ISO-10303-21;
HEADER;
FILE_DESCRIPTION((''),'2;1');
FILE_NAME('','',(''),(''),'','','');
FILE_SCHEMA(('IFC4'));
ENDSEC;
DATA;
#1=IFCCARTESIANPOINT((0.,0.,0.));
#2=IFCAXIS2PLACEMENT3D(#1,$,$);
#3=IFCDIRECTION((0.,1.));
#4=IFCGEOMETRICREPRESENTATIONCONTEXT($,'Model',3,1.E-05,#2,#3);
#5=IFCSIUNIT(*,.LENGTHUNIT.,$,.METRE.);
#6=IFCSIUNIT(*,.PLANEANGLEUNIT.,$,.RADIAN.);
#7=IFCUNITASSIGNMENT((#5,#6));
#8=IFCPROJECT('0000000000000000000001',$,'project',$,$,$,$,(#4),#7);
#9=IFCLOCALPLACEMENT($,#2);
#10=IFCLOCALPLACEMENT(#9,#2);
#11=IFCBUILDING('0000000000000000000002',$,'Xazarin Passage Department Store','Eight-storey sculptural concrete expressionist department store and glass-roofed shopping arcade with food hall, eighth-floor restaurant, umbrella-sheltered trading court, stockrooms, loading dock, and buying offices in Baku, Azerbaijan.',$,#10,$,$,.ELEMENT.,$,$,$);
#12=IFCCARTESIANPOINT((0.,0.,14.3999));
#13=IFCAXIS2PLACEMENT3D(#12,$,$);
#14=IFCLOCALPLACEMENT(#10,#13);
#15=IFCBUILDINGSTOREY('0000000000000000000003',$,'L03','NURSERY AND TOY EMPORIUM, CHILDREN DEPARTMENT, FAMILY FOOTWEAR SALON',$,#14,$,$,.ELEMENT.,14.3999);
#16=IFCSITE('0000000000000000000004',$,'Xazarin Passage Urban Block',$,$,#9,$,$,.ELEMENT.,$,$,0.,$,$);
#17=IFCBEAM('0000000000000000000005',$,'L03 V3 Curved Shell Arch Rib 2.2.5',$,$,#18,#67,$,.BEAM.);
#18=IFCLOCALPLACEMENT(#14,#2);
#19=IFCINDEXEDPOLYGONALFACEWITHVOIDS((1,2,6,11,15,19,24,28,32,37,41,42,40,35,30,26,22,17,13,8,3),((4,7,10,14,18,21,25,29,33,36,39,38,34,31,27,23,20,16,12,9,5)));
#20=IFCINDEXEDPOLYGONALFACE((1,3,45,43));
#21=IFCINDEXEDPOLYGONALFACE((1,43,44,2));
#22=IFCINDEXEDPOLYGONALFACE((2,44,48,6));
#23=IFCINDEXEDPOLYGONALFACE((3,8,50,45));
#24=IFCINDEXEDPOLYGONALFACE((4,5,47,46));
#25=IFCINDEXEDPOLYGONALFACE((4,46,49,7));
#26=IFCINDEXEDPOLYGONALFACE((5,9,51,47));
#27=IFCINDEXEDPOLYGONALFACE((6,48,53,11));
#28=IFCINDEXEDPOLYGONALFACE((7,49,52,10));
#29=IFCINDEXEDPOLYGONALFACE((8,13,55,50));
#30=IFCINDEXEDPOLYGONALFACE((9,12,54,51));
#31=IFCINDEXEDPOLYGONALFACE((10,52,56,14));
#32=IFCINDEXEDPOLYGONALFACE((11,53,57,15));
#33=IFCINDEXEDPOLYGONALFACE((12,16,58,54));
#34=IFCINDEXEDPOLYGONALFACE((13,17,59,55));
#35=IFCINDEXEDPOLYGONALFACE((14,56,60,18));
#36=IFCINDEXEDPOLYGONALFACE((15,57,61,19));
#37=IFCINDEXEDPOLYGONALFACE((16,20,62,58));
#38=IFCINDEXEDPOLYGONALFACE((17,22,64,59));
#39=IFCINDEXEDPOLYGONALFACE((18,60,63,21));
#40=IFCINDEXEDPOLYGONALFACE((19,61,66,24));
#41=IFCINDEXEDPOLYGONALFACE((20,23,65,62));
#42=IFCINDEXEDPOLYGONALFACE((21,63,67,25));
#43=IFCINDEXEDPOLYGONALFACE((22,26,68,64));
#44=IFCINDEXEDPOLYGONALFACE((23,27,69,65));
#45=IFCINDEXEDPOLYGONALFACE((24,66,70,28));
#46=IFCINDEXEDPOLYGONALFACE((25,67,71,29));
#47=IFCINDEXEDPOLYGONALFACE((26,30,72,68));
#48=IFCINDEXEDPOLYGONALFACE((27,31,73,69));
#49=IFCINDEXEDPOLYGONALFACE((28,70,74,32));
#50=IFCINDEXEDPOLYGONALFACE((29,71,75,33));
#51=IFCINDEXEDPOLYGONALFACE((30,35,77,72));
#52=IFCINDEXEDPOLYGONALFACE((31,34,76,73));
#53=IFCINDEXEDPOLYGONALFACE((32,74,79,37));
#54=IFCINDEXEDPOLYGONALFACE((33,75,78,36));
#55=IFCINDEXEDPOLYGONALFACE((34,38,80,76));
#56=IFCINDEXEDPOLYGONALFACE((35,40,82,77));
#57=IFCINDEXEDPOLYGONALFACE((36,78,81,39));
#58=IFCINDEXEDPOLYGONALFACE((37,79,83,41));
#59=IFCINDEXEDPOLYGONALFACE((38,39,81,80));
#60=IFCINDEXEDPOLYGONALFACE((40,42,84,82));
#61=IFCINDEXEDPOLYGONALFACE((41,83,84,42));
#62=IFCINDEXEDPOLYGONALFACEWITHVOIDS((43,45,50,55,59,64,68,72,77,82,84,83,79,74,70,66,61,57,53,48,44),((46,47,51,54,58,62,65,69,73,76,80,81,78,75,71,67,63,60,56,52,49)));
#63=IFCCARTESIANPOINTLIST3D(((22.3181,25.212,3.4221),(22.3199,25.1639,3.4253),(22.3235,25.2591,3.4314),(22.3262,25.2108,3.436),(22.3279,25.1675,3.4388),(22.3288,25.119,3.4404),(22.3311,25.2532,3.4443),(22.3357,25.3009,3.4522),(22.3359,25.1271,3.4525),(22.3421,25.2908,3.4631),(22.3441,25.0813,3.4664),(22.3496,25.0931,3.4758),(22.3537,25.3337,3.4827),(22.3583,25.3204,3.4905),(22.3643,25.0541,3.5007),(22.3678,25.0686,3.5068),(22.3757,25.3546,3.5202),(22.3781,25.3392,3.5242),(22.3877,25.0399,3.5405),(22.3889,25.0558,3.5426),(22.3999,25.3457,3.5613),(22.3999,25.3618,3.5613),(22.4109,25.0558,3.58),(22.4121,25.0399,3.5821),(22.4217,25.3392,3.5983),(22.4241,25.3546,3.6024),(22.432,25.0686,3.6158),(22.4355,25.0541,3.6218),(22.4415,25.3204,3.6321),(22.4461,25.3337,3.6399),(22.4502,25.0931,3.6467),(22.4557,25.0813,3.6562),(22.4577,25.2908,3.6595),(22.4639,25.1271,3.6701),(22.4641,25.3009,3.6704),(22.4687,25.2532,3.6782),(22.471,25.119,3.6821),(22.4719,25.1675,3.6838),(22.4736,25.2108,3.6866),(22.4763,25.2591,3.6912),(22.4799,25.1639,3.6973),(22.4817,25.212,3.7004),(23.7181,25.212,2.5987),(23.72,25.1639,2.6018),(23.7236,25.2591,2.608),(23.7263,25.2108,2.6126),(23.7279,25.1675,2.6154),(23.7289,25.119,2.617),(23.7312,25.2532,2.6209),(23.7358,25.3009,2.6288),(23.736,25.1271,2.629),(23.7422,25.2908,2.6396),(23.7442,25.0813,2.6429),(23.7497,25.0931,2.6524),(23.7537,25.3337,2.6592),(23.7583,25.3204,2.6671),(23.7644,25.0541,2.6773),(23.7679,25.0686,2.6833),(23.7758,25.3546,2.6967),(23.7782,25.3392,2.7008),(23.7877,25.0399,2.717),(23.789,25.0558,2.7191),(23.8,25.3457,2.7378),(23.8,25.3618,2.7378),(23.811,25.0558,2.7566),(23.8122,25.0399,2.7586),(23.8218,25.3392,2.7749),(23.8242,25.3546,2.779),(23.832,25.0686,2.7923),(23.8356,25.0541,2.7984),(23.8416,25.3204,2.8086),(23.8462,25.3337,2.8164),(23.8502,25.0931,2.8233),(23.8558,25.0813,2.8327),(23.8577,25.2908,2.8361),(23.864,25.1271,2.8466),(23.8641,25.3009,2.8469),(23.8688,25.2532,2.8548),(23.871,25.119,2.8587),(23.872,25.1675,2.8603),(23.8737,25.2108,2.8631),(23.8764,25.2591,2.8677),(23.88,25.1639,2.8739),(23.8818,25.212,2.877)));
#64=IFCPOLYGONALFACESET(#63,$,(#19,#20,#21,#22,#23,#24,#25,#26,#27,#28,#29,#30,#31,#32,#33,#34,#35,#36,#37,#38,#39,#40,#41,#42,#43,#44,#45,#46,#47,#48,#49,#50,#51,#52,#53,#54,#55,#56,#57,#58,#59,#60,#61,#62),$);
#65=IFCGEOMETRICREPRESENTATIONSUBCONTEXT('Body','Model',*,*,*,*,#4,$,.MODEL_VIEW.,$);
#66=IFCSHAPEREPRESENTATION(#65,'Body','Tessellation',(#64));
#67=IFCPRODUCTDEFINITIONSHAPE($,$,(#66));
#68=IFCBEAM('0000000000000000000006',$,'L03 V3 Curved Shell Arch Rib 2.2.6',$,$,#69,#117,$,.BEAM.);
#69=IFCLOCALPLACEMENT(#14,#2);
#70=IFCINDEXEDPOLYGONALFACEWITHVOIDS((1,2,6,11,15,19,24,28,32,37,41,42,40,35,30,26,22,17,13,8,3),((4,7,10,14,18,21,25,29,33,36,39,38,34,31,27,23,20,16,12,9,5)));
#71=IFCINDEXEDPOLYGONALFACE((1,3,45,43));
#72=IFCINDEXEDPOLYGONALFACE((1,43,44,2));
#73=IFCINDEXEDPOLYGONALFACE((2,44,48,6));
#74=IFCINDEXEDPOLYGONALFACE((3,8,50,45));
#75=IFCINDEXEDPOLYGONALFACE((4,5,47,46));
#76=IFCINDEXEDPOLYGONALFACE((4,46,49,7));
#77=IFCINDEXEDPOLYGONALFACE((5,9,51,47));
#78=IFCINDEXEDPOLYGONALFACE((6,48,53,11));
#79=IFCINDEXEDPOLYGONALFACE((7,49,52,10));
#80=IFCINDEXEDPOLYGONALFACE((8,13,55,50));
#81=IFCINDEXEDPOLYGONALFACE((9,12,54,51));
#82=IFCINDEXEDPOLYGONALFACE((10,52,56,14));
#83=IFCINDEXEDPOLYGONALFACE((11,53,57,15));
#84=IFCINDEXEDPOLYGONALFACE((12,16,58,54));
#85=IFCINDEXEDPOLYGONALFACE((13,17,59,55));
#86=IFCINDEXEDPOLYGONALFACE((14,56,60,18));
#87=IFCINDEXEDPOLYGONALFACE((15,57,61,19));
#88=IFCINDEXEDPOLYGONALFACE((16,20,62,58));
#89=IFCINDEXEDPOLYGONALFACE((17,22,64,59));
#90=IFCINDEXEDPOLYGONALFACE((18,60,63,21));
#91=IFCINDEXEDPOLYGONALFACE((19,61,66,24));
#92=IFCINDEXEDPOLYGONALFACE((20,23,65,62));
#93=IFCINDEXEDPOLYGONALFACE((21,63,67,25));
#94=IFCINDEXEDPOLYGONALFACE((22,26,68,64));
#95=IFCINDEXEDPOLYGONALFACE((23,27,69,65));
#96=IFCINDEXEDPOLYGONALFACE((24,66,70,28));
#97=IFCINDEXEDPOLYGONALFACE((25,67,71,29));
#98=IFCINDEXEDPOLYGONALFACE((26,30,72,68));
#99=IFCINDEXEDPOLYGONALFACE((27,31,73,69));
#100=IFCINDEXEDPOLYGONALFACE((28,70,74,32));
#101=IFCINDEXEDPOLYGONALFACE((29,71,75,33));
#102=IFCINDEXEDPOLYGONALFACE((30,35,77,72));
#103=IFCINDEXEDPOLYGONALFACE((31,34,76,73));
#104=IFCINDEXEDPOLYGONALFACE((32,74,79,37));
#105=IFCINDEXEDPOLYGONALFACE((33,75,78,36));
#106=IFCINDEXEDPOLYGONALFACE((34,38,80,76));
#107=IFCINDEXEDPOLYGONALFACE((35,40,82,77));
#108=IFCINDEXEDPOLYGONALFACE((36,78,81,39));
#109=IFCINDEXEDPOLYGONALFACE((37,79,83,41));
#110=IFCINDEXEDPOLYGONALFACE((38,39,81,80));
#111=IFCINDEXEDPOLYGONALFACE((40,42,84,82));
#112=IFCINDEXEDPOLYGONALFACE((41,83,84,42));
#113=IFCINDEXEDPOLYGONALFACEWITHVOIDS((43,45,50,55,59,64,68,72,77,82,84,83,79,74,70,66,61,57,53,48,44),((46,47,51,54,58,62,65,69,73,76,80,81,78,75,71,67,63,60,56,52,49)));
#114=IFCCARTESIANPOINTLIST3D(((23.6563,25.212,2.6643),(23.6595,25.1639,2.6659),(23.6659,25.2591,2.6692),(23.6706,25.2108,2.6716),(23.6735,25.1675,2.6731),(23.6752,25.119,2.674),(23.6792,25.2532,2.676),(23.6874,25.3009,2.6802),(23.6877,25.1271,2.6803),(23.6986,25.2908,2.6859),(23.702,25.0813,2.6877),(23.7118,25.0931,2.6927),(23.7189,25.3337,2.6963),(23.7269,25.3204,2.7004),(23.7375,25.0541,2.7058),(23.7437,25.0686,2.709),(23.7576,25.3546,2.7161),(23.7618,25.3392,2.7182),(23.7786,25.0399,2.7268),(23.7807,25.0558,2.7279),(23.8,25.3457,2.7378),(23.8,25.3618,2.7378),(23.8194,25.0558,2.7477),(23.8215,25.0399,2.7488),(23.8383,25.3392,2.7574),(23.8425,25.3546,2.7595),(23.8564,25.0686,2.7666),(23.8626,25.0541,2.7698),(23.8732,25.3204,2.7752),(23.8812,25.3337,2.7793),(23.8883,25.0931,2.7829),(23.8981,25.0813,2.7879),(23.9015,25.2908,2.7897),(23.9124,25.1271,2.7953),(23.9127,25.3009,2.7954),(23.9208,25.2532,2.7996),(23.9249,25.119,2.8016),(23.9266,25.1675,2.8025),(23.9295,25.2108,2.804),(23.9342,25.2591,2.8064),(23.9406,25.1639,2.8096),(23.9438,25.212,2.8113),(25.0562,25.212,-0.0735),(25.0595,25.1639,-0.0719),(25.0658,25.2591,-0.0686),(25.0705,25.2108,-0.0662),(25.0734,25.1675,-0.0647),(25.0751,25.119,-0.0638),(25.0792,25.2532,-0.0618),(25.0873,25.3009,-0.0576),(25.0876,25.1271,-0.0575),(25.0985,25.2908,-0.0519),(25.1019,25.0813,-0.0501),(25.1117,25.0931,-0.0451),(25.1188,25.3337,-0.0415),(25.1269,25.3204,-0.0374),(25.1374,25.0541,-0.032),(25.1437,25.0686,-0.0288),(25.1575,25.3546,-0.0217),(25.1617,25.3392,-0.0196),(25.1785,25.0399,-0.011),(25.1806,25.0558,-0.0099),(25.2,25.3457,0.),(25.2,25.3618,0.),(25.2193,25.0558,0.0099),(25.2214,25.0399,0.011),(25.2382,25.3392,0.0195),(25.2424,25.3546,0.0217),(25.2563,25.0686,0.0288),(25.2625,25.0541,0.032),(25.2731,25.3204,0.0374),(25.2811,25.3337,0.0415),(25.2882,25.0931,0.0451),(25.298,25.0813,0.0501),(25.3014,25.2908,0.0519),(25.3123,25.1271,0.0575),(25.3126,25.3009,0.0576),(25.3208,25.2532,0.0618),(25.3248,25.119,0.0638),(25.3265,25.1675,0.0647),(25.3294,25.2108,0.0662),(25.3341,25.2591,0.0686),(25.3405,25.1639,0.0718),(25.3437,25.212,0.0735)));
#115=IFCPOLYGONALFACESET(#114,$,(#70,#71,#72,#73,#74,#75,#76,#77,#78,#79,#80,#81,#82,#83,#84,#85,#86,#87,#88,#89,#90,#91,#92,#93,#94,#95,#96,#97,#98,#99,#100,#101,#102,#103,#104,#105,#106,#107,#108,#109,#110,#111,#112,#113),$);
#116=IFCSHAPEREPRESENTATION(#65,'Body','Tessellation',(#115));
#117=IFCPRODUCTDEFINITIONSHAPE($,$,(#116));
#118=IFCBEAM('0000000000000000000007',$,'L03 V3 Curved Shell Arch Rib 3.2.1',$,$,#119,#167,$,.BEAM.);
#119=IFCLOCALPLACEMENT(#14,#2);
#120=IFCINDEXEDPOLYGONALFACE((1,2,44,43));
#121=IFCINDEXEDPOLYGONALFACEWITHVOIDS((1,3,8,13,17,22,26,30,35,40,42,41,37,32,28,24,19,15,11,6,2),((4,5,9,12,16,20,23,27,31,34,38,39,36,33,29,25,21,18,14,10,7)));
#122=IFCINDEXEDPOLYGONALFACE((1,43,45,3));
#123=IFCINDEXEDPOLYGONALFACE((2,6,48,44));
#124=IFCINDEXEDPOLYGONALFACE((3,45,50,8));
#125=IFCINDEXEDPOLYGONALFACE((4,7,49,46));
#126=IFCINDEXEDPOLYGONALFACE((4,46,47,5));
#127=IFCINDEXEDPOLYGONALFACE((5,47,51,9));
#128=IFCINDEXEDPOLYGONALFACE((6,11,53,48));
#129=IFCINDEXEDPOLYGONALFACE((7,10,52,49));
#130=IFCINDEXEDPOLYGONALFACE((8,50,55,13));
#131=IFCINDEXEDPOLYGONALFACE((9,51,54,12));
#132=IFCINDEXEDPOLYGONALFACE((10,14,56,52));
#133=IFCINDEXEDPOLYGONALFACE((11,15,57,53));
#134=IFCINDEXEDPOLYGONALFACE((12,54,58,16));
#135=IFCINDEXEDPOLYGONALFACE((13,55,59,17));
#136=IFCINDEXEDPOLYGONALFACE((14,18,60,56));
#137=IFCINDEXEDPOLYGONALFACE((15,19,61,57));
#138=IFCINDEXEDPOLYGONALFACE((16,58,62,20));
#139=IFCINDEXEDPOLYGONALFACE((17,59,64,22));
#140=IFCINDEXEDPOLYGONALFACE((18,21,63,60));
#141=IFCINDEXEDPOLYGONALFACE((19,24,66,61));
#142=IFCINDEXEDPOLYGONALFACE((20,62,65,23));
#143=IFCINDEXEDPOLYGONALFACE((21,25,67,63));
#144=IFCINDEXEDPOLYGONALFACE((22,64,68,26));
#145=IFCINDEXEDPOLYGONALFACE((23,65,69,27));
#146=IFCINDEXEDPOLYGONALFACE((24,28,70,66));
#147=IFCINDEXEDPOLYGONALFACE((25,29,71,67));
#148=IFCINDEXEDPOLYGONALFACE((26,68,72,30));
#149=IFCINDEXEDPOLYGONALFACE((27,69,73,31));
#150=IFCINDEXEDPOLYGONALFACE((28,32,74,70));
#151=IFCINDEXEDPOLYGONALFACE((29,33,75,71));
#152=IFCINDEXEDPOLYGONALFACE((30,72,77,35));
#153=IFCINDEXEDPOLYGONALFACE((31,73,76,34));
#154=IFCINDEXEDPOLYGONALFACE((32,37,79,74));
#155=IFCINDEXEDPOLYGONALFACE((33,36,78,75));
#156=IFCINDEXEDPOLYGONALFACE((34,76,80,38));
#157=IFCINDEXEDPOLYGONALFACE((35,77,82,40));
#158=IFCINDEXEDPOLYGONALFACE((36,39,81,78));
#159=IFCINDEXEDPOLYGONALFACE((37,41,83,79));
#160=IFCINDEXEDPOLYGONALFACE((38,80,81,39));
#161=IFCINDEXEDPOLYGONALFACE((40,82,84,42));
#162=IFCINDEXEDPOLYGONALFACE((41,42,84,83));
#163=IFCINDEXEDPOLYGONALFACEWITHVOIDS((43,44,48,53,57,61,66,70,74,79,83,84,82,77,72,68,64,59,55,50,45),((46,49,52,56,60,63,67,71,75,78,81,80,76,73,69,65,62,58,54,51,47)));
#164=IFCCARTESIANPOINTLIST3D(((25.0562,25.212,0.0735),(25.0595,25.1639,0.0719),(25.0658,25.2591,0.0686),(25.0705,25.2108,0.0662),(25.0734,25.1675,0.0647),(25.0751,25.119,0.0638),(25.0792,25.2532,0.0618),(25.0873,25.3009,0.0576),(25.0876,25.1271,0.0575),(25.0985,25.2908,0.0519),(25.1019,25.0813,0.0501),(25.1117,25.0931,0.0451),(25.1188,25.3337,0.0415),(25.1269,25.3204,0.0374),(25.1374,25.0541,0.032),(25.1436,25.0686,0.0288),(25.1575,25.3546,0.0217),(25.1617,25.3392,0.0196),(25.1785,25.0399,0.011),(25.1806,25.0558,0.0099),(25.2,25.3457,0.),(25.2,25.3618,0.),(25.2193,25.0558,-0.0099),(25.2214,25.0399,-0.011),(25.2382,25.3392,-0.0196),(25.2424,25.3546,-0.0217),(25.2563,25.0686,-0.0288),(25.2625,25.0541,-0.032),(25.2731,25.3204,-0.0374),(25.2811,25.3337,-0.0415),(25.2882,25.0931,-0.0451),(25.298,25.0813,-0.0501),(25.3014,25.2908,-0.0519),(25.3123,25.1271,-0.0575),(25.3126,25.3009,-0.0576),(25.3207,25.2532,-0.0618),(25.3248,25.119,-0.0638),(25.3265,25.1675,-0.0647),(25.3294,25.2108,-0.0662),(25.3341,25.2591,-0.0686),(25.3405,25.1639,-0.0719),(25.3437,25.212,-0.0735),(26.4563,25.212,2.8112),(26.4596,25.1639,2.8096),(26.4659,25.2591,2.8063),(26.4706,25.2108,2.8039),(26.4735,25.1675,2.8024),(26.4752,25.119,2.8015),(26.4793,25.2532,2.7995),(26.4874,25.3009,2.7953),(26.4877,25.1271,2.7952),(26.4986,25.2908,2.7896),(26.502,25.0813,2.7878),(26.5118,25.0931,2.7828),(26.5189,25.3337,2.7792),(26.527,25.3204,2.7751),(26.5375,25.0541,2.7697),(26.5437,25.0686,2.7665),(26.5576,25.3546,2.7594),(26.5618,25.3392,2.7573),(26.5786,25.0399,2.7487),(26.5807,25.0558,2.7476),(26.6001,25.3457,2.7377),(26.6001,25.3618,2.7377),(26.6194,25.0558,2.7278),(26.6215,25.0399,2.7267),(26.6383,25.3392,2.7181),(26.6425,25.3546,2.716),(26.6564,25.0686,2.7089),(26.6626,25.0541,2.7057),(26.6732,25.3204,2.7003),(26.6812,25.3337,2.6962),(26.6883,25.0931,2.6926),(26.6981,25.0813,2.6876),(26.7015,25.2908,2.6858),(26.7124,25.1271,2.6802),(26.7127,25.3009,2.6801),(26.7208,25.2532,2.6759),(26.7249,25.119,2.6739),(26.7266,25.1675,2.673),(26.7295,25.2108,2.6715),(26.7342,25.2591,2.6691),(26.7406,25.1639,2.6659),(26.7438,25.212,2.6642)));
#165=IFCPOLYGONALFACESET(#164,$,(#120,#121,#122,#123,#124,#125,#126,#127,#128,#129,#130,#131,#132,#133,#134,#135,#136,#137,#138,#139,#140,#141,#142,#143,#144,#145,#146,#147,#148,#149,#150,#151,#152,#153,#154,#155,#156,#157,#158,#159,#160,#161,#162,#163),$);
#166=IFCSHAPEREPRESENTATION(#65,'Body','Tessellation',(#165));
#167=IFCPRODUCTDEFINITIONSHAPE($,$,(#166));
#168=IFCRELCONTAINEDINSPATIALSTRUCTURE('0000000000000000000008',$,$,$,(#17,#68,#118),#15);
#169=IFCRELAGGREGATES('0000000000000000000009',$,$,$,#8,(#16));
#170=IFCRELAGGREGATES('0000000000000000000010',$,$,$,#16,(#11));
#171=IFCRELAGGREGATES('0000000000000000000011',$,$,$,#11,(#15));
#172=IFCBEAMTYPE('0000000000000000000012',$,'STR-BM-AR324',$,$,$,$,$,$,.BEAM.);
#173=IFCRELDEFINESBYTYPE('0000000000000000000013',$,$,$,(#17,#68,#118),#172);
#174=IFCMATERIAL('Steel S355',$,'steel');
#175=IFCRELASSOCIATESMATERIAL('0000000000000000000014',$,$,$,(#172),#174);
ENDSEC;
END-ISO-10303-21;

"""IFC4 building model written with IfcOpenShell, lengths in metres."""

from ifc_helpers import new_model, si_unit, direction, frame, origin, origin_2d, place, context, subcontext, project, spatial, hollow_circle, extrude, material, material_profile, profile_set, type_object, element, save


model = new_model("IFC4")

# Units and contexts
model_context = context("Model", 3, precision=1e-05, world=origin(), true_north=direction((0.0, 1.0)))
body_context = subcontext(model_context, "Body", "Model", "MODEL_VIEW")
ifc_project = project(units=[si_unit("LENGTHUNIT", "METRE"), si_unit("PLANEANGLEUNIT", "RADIAN")], contexts=[model_context])

# Site, building, storey
site_placement = place(None, origin())
site = spatial("IfcSite", under=ifc_project, at=site_placement, Name="Xazarin Passage Urban Block", CompositionType="ELEMENT", RefElevation=0.0)
building_placement = place(site_placement, origin())
building = spatial("IfcBuilding", under=site, at=building_placement, Name="Xazarin Passage Department Store", Description="Eight-storey sculptural concrete expressionist department store and glass-roofed shopping arcade with food hall, eighth-floor restaurant, umbrella-sheltered trading court, stockrooms, loading dock, and buying offices in Baku, Azerbaijan.", CompositionType="ELEMENT")
storey_placement = place(building_placement, frame((0.0, 0.0, 14.3999)))
storey = spatial("IfcBuildingStorey", under=building, at=storey_placement, Name="L03", Description="NURSERY AND TOY EMPORIUM, CHILDREN DEPARTMENT, FAMILY FOOTWEAR SALON", CompositionType="ELEMENT", Elevation=14.3999)

# Beams
ifc_material_1 = material(Name="Steel S355", Category="steel")
ifc_material_profile_1 = material_profile(ifc_material_1, hollow_circle(Radius=0.1619, WallThickness=0.0161, at=origin_2d()), Name="CHS 323.9x16")
ifc_profile_set_1 = profile_set([ifc_material_profile_1], Name="Steel S355")
beam_type_1 = type_object("IfcBeamType", Name="STR-BM-AR324", PredefinedType="BEAM", material=ifc_profile_set_1)
beam_1_placement = place(storey_placement, frame((22.3999, 25.2, 3.5613), z_axis=(0.861969, 0.0, -0.506961), x_axis=(0.0, 1.0, 0.0)))
element("IfcBeam", 1, at=beam_1_placement, inside=storey, type_object=beam_type_1, Name="L03 V3 Curved Shell Arch Rib 2.2.5", PredefinedType="BEAM", context=body_context, shape_type="SweptSolid", body=[
    extrude(hollow_circle(Radius=0.1619, WallThickness=0.0161, at=origin_2d()), origin(), (0.0, 0.0, 1.0), 1.6243),
])
for number, where, z_axis, x_axis, name in (
    (2, (23.8, 25.2, 2.7378), (0.455262, 0.0, -0.890357), (0.0, 1.0, 0.0), "L03 V3 Curved Shell Arch Rib 2.2.6"),
    (3, (25.2, 25.2, 0.0), (0.455325, 0.0, 0.890325), (0.0, 1.0, 0.0), "L03 V3 Curved Shell Arch Rib 3.2.1"),
):
    element("IfcBeam", number, at=place(storey_placement, frame(where, z_axis=z_axis, x_axis=x_axis)), inside=storey, type_object=beam_type_1, Name=name, PredefinedType="BEAM", context=body_context, shape_type="SweptSolid", body=[
        extrude(hollow_circle(Radius=0.1619, WallThickness=0.0161, at=origin_2d()), origin(), (0.0, 0.0, 1.0), 3.075),
    ])

save(model, "model.ifc")
